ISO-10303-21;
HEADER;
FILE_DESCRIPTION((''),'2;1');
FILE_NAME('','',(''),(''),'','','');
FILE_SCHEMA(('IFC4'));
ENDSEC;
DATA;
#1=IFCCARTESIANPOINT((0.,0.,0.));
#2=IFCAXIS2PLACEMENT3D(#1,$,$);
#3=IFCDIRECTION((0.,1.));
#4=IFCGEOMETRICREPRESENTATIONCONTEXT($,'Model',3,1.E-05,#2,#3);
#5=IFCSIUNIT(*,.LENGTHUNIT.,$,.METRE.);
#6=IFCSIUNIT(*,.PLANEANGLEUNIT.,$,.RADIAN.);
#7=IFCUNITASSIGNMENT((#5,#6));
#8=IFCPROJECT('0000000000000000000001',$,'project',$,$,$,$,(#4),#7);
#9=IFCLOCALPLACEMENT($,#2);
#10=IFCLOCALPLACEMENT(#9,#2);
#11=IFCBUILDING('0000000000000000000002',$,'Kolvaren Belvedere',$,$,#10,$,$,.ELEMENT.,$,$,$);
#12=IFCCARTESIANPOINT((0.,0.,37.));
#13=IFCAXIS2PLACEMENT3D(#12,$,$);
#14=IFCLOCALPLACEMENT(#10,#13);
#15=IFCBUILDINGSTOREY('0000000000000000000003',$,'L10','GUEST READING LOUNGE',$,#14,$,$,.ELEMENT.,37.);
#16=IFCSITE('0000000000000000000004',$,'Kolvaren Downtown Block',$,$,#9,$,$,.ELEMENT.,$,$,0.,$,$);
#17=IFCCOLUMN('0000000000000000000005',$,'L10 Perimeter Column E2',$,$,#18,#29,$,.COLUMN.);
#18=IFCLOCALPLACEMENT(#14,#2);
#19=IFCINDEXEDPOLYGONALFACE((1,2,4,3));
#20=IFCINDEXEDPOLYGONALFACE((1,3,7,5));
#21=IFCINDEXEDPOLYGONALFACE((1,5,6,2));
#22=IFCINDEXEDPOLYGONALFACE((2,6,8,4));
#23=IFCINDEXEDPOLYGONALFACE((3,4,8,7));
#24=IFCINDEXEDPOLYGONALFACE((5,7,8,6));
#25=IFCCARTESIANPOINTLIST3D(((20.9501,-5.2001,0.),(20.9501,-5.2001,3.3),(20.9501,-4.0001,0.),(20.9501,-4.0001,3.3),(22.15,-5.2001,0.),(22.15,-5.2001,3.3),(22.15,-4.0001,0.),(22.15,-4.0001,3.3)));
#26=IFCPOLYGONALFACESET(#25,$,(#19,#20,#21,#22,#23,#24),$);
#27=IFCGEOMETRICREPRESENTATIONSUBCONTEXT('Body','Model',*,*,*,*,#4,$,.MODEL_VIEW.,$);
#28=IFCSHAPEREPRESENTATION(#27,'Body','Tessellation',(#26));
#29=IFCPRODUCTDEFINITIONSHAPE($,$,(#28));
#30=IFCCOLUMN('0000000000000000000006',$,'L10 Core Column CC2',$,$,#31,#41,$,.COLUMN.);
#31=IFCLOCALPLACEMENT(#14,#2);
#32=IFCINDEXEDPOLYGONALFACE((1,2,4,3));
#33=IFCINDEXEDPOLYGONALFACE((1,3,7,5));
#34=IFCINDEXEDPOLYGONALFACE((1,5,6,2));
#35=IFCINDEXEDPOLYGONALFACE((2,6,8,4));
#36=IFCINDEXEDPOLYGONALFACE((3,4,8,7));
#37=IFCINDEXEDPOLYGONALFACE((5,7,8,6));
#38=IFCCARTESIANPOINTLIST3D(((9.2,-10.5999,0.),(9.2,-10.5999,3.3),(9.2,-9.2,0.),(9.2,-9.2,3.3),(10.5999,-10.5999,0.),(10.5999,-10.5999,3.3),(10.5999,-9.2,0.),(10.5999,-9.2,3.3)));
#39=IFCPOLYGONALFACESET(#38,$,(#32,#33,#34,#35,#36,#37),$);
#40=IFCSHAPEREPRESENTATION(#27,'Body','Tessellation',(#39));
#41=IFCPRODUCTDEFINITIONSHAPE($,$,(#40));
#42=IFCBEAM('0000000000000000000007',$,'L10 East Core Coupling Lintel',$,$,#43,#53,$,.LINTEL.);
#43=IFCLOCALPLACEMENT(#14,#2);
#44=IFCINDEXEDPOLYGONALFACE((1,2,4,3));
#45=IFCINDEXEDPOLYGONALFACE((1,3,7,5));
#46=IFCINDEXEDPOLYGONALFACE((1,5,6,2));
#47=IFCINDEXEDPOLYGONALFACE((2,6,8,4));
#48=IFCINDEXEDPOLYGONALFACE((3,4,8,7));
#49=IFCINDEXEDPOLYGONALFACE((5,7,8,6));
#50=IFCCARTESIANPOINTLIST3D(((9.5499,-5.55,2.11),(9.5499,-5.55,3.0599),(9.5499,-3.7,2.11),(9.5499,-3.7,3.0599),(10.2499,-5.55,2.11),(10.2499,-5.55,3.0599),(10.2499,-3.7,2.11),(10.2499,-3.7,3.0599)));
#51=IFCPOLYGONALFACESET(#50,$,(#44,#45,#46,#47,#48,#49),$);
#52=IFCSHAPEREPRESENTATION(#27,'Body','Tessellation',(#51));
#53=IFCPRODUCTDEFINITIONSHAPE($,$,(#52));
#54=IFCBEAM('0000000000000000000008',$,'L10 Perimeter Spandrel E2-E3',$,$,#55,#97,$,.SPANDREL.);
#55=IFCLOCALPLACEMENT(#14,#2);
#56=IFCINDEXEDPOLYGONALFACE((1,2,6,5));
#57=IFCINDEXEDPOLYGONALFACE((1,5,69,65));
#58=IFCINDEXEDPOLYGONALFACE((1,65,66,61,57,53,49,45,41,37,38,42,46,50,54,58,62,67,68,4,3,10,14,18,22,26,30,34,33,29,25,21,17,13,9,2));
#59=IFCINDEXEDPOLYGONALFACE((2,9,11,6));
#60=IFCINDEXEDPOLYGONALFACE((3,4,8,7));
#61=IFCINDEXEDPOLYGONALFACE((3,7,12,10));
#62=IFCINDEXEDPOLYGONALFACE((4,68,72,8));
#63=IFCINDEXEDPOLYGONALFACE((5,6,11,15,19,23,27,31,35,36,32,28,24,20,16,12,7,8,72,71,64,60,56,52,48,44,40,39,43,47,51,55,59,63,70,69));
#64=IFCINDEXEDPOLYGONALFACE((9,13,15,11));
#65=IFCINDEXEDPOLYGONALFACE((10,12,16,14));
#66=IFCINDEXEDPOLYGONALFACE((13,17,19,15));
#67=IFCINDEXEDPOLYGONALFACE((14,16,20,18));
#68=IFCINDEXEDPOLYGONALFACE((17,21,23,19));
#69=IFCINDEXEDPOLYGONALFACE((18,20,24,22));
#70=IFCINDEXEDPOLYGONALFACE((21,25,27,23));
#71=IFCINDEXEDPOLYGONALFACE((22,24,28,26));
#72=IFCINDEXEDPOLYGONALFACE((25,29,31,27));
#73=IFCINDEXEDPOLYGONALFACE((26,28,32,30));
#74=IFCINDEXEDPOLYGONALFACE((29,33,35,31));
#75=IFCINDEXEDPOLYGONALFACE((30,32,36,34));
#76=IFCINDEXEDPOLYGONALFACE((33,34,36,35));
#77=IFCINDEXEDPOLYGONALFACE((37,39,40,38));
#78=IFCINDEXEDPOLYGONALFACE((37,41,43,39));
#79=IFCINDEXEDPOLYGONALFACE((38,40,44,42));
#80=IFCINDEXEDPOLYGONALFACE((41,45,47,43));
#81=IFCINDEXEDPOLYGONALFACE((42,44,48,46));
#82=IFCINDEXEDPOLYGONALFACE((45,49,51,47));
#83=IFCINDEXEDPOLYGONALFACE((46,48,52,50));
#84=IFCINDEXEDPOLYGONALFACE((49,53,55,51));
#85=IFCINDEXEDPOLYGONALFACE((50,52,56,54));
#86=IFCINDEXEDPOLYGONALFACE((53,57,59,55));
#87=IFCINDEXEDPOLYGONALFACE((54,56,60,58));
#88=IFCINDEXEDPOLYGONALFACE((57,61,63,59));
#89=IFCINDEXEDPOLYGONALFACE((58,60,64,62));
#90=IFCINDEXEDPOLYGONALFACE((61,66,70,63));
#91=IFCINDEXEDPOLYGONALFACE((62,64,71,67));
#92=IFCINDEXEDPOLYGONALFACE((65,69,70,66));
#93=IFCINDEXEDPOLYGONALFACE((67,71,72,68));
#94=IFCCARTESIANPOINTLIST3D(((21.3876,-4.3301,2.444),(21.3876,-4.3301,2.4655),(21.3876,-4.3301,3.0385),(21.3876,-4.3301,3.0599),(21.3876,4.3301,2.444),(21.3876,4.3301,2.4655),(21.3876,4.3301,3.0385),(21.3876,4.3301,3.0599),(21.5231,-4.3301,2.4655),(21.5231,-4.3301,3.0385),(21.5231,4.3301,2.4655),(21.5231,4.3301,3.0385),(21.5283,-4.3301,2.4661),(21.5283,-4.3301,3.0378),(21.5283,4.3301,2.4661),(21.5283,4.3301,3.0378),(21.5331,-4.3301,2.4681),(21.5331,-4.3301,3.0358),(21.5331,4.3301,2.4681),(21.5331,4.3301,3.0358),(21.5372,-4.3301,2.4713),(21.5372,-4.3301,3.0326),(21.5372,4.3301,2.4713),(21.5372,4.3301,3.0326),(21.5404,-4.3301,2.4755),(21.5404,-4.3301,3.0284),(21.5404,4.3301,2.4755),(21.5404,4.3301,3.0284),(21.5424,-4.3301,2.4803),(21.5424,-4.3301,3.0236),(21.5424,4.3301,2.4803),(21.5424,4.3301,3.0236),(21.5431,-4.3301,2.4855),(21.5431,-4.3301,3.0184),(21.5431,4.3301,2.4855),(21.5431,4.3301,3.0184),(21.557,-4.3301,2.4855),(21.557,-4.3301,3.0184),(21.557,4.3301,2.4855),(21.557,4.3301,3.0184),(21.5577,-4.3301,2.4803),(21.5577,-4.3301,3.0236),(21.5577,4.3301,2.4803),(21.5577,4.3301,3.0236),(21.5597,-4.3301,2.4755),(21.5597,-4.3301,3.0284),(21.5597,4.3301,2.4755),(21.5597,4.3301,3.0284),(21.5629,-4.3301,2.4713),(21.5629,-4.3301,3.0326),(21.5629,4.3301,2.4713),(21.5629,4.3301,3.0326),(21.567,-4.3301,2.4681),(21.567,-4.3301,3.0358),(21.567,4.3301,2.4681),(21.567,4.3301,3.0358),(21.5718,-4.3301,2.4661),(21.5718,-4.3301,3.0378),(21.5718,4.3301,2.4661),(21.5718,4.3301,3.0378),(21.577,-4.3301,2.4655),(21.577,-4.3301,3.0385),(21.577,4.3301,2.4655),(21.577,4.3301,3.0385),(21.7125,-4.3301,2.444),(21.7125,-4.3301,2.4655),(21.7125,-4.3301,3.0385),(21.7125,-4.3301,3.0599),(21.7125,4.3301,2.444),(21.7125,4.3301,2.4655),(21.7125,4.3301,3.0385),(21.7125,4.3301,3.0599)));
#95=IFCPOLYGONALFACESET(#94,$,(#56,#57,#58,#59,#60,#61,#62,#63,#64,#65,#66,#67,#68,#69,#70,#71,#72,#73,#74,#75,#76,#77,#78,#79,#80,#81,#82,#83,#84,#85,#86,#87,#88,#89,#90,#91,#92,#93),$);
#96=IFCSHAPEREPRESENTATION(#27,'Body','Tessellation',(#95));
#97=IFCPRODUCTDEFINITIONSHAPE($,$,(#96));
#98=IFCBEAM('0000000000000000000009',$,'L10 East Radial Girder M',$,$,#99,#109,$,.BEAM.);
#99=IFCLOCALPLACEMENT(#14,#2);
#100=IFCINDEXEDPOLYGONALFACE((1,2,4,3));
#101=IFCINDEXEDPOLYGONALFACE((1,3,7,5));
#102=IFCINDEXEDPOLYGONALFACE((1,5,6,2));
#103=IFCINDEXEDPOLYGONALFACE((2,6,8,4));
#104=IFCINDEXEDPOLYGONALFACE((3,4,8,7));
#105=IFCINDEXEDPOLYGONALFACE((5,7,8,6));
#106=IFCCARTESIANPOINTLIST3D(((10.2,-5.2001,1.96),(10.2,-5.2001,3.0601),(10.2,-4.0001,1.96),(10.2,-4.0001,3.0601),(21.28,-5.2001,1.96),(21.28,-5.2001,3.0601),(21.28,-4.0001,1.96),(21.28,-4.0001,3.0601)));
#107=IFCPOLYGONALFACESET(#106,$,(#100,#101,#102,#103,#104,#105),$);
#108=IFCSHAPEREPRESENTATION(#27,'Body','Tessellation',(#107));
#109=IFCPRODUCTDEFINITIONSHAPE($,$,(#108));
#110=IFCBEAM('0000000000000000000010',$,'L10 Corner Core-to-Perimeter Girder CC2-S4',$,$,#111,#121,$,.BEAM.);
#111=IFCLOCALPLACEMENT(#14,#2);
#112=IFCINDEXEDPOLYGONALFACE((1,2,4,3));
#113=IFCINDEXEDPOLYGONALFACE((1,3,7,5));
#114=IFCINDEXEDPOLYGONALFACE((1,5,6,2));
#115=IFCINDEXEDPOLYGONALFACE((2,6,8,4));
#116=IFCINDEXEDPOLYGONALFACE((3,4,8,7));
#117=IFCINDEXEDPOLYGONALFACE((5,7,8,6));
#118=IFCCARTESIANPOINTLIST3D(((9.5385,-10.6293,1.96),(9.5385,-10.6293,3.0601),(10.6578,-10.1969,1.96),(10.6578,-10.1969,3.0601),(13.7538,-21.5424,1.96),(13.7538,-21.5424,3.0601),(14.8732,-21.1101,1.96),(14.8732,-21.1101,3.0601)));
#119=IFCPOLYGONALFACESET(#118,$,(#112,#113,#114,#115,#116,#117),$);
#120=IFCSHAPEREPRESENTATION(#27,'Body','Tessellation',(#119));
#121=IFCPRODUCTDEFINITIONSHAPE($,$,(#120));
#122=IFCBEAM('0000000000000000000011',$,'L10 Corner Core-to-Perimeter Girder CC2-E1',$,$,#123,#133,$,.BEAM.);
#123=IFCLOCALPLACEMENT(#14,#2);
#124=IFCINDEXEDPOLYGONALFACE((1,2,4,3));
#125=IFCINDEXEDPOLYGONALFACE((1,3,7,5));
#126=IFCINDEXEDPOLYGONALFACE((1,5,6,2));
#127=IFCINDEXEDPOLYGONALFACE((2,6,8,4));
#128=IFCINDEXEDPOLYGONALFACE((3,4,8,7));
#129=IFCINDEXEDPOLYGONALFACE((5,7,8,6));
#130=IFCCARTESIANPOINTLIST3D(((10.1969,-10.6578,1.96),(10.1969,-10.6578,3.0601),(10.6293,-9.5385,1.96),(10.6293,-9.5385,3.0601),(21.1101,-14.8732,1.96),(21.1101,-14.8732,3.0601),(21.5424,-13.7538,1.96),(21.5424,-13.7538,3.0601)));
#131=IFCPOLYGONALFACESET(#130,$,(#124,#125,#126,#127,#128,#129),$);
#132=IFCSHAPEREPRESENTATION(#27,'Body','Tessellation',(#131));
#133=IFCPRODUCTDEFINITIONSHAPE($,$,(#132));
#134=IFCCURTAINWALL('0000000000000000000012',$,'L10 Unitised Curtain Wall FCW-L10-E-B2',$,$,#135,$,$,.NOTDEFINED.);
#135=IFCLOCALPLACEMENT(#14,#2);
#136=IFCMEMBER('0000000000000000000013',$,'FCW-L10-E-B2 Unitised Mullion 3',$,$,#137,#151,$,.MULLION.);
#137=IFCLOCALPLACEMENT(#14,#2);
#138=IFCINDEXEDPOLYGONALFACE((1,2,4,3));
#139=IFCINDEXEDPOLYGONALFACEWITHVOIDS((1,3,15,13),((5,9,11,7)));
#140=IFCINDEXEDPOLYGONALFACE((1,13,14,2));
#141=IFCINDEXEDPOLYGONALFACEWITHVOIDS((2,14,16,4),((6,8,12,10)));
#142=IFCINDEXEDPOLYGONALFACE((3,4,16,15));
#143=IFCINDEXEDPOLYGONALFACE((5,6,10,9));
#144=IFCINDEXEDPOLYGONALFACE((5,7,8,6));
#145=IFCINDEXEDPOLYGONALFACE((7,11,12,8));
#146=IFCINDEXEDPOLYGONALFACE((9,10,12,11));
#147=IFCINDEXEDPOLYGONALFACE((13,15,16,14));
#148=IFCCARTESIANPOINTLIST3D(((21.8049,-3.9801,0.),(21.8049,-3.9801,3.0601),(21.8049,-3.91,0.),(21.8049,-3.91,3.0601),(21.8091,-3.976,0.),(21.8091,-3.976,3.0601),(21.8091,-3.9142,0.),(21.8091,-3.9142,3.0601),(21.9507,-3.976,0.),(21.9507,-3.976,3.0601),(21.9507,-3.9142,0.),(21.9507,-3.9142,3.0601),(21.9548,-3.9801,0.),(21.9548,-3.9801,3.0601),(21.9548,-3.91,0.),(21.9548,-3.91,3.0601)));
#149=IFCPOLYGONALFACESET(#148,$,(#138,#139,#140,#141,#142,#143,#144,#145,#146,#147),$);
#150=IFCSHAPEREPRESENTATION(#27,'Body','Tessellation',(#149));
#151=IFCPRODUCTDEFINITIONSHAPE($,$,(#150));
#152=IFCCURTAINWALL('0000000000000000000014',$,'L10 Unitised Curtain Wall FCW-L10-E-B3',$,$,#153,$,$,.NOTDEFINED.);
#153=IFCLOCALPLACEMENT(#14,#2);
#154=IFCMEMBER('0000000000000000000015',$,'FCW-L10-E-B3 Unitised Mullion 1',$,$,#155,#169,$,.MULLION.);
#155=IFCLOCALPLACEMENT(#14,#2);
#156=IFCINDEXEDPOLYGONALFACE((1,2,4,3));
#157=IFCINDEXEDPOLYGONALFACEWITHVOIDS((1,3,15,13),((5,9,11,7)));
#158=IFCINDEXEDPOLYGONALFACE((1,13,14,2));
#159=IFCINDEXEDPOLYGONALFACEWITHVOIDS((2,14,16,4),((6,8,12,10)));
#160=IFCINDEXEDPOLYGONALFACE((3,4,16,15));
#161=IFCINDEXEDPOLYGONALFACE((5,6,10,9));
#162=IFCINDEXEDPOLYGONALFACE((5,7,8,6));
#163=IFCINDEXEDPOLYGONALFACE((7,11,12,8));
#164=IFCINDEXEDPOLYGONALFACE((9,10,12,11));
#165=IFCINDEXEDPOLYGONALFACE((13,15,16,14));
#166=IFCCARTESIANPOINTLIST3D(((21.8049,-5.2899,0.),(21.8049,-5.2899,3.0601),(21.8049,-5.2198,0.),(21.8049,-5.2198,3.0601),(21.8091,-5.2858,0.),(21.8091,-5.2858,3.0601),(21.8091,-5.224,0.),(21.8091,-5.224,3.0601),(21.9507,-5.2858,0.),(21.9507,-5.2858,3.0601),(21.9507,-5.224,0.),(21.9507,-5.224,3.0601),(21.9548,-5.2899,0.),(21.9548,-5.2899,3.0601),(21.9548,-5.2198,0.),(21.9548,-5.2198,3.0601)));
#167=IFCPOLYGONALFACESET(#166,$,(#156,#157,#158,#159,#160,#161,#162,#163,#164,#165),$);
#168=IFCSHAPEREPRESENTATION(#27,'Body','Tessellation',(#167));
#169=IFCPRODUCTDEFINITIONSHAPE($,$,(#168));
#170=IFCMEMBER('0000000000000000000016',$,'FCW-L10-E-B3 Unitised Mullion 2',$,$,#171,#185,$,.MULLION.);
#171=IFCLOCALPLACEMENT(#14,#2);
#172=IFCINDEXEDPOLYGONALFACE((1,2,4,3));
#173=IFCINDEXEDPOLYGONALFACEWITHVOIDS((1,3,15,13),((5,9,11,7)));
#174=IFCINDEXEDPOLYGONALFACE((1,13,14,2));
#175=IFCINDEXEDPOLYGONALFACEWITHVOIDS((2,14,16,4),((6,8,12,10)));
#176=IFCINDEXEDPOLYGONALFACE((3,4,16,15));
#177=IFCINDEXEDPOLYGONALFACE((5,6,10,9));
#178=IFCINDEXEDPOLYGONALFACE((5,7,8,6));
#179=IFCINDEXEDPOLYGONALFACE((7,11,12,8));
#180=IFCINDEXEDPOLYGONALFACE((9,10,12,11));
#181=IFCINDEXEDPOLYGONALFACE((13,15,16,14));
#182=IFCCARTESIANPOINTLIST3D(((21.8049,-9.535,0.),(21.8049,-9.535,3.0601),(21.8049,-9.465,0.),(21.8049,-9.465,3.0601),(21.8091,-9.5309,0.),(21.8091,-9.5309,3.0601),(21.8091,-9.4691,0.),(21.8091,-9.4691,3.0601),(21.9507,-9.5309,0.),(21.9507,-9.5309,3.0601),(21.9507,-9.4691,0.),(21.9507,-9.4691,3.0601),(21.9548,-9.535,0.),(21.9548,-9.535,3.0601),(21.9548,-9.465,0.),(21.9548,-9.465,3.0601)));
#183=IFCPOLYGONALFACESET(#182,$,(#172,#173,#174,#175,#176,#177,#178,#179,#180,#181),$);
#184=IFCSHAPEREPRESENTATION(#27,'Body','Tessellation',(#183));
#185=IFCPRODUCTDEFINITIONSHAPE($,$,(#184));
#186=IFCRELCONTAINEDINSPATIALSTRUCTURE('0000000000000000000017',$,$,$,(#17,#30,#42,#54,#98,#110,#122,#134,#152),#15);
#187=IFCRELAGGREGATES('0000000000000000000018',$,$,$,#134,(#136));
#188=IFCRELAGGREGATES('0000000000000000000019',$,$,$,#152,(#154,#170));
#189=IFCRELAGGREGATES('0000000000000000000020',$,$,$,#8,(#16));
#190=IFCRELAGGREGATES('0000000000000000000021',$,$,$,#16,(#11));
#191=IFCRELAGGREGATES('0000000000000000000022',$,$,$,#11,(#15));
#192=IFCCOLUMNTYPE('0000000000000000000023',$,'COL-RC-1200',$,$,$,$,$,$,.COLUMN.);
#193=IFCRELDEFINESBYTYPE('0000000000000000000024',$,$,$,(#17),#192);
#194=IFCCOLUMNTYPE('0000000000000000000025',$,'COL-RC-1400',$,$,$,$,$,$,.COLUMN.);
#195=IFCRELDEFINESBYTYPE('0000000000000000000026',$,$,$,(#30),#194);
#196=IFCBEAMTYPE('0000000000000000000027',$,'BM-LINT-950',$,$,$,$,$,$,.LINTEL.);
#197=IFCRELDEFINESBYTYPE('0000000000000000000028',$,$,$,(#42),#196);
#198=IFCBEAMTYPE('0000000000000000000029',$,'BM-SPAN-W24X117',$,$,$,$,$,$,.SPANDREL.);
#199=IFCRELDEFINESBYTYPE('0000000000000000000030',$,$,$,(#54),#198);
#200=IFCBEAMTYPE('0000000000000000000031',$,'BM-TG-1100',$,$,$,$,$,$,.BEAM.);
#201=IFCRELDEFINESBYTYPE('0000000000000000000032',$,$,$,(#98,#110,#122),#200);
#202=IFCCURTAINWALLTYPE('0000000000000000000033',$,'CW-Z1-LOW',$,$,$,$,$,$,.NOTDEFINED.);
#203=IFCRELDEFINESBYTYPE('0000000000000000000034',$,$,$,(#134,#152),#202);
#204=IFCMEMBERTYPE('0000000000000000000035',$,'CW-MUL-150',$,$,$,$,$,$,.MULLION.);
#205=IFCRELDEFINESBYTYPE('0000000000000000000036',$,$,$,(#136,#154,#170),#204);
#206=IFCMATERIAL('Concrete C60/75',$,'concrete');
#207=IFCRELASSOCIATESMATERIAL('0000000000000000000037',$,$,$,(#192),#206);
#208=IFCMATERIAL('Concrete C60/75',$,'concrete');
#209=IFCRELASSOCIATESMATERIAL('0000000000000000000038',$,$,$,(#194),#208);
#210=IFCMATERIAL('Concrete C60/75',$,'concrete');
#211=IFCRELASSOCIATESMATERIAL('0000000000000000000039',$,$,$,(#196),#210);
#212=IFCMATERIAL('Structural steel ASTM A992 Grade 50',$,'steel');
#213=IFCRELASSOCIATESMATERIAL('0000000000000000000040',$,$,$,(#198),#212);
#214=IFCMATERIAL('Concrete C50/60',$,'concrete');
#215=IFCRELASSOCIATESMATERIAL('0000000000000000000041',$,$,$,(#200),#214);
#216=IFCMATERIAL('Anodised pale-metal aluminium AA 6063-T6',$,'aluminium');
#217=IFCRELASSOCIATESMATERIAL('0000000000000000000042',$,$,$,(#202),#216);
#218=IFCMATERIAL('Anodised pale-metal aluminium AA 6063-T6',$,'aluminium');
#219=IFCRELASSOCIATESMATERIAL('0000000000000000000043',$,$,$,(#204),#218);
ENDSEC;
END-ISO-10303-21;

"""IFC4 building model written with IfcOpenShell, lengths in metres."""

from ifc_helpers import new_model, si_unit, direction, frame, origin, origin_2d, place, context, subcontext, project, spatial, rectangle, hollow_rectangle, i_section, extrude, material, material_profile, profile_set, type_object, element, aggregate, save


model = new_model("IFC4")

# Units and contexts
model_context = context("Model", 3, precision=1e-05, world=origin(), true_north=direction((0.0, 1.0)))
body_context = subcontext(model_context, "Body", "Model", "MODEL_VIEW")
ifc_project = project(units=[si_unit("LENGTHUNIT", "METRE"), si_unit("PLANEANGLEUNIT", "RADIAN")], contexts=[model_context])

# Site, building, storey
site_placement = place(None, origin())
site = spatial("IfcSite", under=ifc_project, at=site_placement, Name="Kolvaren Downtown Block", CompositionType="ELEMENT", RefElevation=0.0)
building_placement = place(site_placement, origin())
building = spatial("IfcBuilding", under=site, at=building_placement, Name="Kolvaren Belvedere", CompositionType="ELEMENT")
storey_placement = place(building_placement, frame((0.0, 0.0, 37.0)))
storey = spatial("IfcBuildingStorey", under=building, at=storey_placement, Name="L10", Description="GUEST READING LOUNGE", CompositionType="ELEMENT", Elevation=37.0)

# Columns
ifc_material_1 = material(Name="Concrete C60/75", Category="concrete")
ifc_material_profile_1 = material_profile(ifc_material_1, rectangle(XDim=1.2, YDim=1.2, at=origin_2d()), Name="RC 1200X1200")
ifc_profile_set_1 = profile_set([ifc_material_profile_1], Name="Concrete C60/75")
column_type_1 = type_object("IfcColumnType", Name="COL-RC-1200", PredefinedType="COLUMN", material=ifc_profile_set_1)
column_1_placement = place(storey_placement, frame((21.55, -4.6001, 0.0), z_axis=(0.0, 0.0, 1.0), x_axis=(1.0, 0.0, 0.0)))
element("IfcColumn", 1, at=column_1_placement, inside=storey, type_object=column_type_1, Name="L10 Perimeter Column E2", PredefinedType="COLUMN", context=body_context, shape_type="SweptSolid", body=[
    extrude(rectangle(XDim=1.2, YDim=1.2, at=origin_2d()), origin(), (0.0, 0.0, 1.0), 3.3),
])
ifc_material_2 = material(Name="Concrete C60/75", Category="concrete")
ifc_material_profile_2 = material_profile(ifc_material_2, rectangle(XDim=1.3999, YDim=1.3999, at=origin_2d()), Name="RC 1400X1400")
ifc_profile_set_2 = profile_set([ifc_material_profile_2], Name="Concrete C60/75")
column_type_2 = type_object("IfcColumnType", Name="COL-RC-1400", PredefinedType="COLUMN", material=ifc_profile_set_2)
column_2_placement = place(storey_placement, frame((9.8999, -9.8999, 0.0), z_axis=(0.0, 0.0, 1.0), x_axis=(1.0, 0.0, 0.0)))
element("IfcColumn", 2, at=column_2_placement, inside=storey, type_object=column_type_2, Name="L10 Core Column CC2", PredefinedType="COLUMN", context=body_context, shape_type="SweptSolid", body=[
    extrude(rectangle(XDim=1.3999, YDim=1.3999, at=origin_2d()), origin(), (0.0, 0.0, 1.0), 3.3),
])

# Beams
ifc_material_3 = material(Name="Concrete C60/75", Category="concrete")
ifc_material_profile_3 = material_profile(ifc_material_3, rectangle(XDim=0.7, YDim=0.95, at=origin_2d()), Name="RC 700X950")
ifc_profile_set_3 = profile_set([ifc_material_profile_3], Name="Concrete C60/75")
beam_type_1 = type_object("IfcBeamType", Name="BM-LINT-950", PredefinedType="LINTEL", material=ifc_profile_set_3)
beam_1_placement = place(storey_placement, frame((9.8999, -5.55, 2.585), z_axis=(0.0, 1.0, 0.0), x_axis=(-1.0, 0.0, 0.0)))
element("IfcBeam", 3, at=beam_1_placement, inside=storey, type_object=beam_type_1, Name="L10 East Core Coupling Lintel", PredefinedType="LINTEL", context=body_context, shape_type="SweptSolid", body=[
    extrude(rectangle(XDim=0.7, YDim=0.95, at=origin_2d()), origin(), (0.0, 0.0, 1.0), 1.8501),
])
ifc_material_4 = material(Name="Structural steel ASTM A992 Grade 50", Category="steel")
ifc_material_profile_4 = material_profile(ifc_material_4, i_section(OverallWidth=0.325, OverallDepth=0.616, WebThickness=0.0139, FlangeThickness=0.0215, FilletRadius=0.02, at=origin_2d()), Name="W24X117")
ifc_profile_set_4 = profile_set([ifc_material_profile_4], Name="Structural steel ASTM A992 Grade 50")
beam_type_2 = type_object("IfcBeamType", Name="BM-SPAN-W24X117", PredefinedType="SPANDREL", material=ifc_profile_set_4)
beam_2_placement = place(storey_placement, frame((21.55, -4.3301, 2.752), z_axis=(0.0, 1.0, 0.0), x_axis=(-1.0, 0.0, 0.0)))
element("IfcBeam", 4, at=beam_2_placement, inside=storey, type_object=beam_type_2, Name="L10 Perimeter Spandrel E2-E3", PredefinedType="SPANDREL", context=body_context, shape_type="SweptSolid", body=[
    extrude(i_section(OverallWidth=0.325, OverallDepth=0.616, WebThickness=0.0139, FlangeThickness=0.0215, FilletRadius=0.02, at=origin_2d()), origin(), (0.0, 0.0, 1.0), 8.6602),
])
ifc_material_5 = material(Name="Concrete C50/60", Category="concrete")
ifc_material_profile_5 = material_profile(ifc_material_5, rectangle(XDim=1.2, YDim=1.1001, at=origin_2d()), Name="RC 1200X1100")
ifc_profile_set_5 = profile_set([ifc_material_profile_5], Name="Concrete C50/60")
beam_type_3 = type_object("IfcBeamType", Name="BM-TG-1100", PredefinedType="BEAM", material=ifc_profile_set_5)
beam_3_placement = place(storey_placement, frame((10.2, -4.6001, 2.51), z_axis=(1.0, 0.0, 0.0), x_axis=(0.0, 1.0, 0.0)))
element("IfcBeam", 5, at=beam_3_placement, inside=storey, type_object=beam_type_3, Name="L10 East Radial Girder M", PredefinedType="BEAM", context=body_context, shape_type="SweptSolid", body=[
    extrude(rectangle(XDim=1.2, YDim=1.1001, at=origin_2d()), origin(), (0.0, 0.0, 1.0), 11.0801),
])
for number, where, z_axis, x_axis, name in (
    (6, (10.0981, -10.4131, 2.51), (0.360318, -0.932829, 0.0), (0.932829, 0.360318, 0.0), "L10 Corner Core-to-Perimeter Girder CC2-S4"),
    (7, (10.4131, -10.0981, 2.51), (0.932829, -0.360318, 0.0), (0.360318, 0.932829, 0.0), "L10 Corner Core-to-Perimeter Girder CC2-E1"),
):
    element("IfcBeam", number, at=place(storey_placement, frame(where, z_axis=z_axis, x_axis=x_axis)), inside=storey, type_object=beam_type_3, Name=name, PredefinedType="BEAM", context=body_context, shape_type="SweptSolid", body=[
        extrude(rectangle(XDim=1.2, YDim=1.1001, at=origin_2d()), origin(), (0.0, 0.0, 1.0), 11.699),
    ])

# Curtain wall, member
ifc_material_6 = material(Name="Anodised pale-metal aluminium AA 6063-T6", Category="aluminium")
curtain_wall_type = type_object("IfcCurtainWallType", Name="CW-Z1-LOW", PredefinedType="NOTDEFINED", material=ifc_material_6)
curtain_wall_1_placement = place(storey_placement, origin())
curtain_wall_1 = element("IfcCurtainWall", 8, at=curtain_wall_1_placement, inside=storey, type_object=curtain_wall_type, Name="L10 Unitised Curtain Wall FCW-L10-E-B2", PredefinedType="NOTDEFINED")
ifc_material_7 = material(Name="Anodised pale-metal aluminium AA 6063-T6", Category="aluminium")
ifc_material_profile_6 = material_profile(ifc_material_7, hollow_rectangle(XDim=0.0701, YDim=0.1499, WallThickness=0.0042, at=origin_2d()), Name="ALU-MUL-150X70")
ifc_profile_set_6 = profile_set([ifc_material_profile_6], Name="Anodised pale-metal aluminium AA 6063-T6")
member_type_1 = type_object("IfcMemberType", Name="CW-MUL-150", PredefinedType="MULLION", material=ifc_profile_set_6)
member_1_placement = place(storey_placement, frame((21.8799, -3.9451, 0.0), z_axis=(0.0, 0.0, 1.0), x_axis=(0.0, 1.0, 0.0)))
member_1 = element("IfcMember", 9, at=member_1_placement, type_object=member_type_1, Name="FCW-L10-E-B2 Unitised Mullion 3", PredefinedType="MULLION", context=body_context, shape_type="SweptSolid", body=[
    extrude(hollow_rectangle(XDim=0.0701, YDim=0.1499, WallThickness=0.0042, at=origin_2d()), origin(), (0.0, 0.0, 1.0), 3.0601),
])
aggregate(curtain_wall_1, [member_1])

# Curtain wall, members
curtain_wall_2_placement = place(storey_placement, origin())
curtain_wall_2 = element("IfcCurtainWall", 10, at=curtain_wall_2_placement, inside=storey, type_object=curtain_wall_type, Name="L10 Unitised Curtain Wall FCW-L10-E-B3", PredefinedType="NOTDEFINED")
member_2_placement = place(storey_placement, frame((21.8799, -5.2549, 0.0), z_axis=(0.0, 0.0, 1.0), x_axis=(0.0, 1.0, 0.0)))
member_2 = element("IfcMember", 11, at=member_2_placement, type_object=member_type_1, Name="FCW-L10-E-B3 Unitised Mullion 1", PredefinedType="MULLION", context=body_context, shape_type="SweptSolid", body=[
    extrude(hollow_rectangle(XDim=0.0701, YDim=0.1499, WallThickness=0.0042, at=origin_2d()), origin(), (0.0, 0.0, 1.0), 3.0601),
])
member_3_placement = place(storey_placement, frame((21.8799, -9.5, 0.0), z_axis=(0.0, 0.0, 1.0), x_axis=(0.0, 1.0, 0.0)))
member_3 = element("IfcMember", 12, at=member_3_placement, type_object=member_type_1, Name="FCW-L10-E-B3 Unitised Mullion 2", PredefinedType="MULLION", context=body_context, shape_type="SweptSolid", body=[
    extrude(hollow_rectangle(XDim=0.0701, YDim=0.1499, WallThickness=0.0042, at=origin_2d()), origin(), (0.0, 0.0, 1.0), 3.0601),
])
aggregate(curtain_wall_2, [member_2, member_3])

save(model, "model.ifc")
